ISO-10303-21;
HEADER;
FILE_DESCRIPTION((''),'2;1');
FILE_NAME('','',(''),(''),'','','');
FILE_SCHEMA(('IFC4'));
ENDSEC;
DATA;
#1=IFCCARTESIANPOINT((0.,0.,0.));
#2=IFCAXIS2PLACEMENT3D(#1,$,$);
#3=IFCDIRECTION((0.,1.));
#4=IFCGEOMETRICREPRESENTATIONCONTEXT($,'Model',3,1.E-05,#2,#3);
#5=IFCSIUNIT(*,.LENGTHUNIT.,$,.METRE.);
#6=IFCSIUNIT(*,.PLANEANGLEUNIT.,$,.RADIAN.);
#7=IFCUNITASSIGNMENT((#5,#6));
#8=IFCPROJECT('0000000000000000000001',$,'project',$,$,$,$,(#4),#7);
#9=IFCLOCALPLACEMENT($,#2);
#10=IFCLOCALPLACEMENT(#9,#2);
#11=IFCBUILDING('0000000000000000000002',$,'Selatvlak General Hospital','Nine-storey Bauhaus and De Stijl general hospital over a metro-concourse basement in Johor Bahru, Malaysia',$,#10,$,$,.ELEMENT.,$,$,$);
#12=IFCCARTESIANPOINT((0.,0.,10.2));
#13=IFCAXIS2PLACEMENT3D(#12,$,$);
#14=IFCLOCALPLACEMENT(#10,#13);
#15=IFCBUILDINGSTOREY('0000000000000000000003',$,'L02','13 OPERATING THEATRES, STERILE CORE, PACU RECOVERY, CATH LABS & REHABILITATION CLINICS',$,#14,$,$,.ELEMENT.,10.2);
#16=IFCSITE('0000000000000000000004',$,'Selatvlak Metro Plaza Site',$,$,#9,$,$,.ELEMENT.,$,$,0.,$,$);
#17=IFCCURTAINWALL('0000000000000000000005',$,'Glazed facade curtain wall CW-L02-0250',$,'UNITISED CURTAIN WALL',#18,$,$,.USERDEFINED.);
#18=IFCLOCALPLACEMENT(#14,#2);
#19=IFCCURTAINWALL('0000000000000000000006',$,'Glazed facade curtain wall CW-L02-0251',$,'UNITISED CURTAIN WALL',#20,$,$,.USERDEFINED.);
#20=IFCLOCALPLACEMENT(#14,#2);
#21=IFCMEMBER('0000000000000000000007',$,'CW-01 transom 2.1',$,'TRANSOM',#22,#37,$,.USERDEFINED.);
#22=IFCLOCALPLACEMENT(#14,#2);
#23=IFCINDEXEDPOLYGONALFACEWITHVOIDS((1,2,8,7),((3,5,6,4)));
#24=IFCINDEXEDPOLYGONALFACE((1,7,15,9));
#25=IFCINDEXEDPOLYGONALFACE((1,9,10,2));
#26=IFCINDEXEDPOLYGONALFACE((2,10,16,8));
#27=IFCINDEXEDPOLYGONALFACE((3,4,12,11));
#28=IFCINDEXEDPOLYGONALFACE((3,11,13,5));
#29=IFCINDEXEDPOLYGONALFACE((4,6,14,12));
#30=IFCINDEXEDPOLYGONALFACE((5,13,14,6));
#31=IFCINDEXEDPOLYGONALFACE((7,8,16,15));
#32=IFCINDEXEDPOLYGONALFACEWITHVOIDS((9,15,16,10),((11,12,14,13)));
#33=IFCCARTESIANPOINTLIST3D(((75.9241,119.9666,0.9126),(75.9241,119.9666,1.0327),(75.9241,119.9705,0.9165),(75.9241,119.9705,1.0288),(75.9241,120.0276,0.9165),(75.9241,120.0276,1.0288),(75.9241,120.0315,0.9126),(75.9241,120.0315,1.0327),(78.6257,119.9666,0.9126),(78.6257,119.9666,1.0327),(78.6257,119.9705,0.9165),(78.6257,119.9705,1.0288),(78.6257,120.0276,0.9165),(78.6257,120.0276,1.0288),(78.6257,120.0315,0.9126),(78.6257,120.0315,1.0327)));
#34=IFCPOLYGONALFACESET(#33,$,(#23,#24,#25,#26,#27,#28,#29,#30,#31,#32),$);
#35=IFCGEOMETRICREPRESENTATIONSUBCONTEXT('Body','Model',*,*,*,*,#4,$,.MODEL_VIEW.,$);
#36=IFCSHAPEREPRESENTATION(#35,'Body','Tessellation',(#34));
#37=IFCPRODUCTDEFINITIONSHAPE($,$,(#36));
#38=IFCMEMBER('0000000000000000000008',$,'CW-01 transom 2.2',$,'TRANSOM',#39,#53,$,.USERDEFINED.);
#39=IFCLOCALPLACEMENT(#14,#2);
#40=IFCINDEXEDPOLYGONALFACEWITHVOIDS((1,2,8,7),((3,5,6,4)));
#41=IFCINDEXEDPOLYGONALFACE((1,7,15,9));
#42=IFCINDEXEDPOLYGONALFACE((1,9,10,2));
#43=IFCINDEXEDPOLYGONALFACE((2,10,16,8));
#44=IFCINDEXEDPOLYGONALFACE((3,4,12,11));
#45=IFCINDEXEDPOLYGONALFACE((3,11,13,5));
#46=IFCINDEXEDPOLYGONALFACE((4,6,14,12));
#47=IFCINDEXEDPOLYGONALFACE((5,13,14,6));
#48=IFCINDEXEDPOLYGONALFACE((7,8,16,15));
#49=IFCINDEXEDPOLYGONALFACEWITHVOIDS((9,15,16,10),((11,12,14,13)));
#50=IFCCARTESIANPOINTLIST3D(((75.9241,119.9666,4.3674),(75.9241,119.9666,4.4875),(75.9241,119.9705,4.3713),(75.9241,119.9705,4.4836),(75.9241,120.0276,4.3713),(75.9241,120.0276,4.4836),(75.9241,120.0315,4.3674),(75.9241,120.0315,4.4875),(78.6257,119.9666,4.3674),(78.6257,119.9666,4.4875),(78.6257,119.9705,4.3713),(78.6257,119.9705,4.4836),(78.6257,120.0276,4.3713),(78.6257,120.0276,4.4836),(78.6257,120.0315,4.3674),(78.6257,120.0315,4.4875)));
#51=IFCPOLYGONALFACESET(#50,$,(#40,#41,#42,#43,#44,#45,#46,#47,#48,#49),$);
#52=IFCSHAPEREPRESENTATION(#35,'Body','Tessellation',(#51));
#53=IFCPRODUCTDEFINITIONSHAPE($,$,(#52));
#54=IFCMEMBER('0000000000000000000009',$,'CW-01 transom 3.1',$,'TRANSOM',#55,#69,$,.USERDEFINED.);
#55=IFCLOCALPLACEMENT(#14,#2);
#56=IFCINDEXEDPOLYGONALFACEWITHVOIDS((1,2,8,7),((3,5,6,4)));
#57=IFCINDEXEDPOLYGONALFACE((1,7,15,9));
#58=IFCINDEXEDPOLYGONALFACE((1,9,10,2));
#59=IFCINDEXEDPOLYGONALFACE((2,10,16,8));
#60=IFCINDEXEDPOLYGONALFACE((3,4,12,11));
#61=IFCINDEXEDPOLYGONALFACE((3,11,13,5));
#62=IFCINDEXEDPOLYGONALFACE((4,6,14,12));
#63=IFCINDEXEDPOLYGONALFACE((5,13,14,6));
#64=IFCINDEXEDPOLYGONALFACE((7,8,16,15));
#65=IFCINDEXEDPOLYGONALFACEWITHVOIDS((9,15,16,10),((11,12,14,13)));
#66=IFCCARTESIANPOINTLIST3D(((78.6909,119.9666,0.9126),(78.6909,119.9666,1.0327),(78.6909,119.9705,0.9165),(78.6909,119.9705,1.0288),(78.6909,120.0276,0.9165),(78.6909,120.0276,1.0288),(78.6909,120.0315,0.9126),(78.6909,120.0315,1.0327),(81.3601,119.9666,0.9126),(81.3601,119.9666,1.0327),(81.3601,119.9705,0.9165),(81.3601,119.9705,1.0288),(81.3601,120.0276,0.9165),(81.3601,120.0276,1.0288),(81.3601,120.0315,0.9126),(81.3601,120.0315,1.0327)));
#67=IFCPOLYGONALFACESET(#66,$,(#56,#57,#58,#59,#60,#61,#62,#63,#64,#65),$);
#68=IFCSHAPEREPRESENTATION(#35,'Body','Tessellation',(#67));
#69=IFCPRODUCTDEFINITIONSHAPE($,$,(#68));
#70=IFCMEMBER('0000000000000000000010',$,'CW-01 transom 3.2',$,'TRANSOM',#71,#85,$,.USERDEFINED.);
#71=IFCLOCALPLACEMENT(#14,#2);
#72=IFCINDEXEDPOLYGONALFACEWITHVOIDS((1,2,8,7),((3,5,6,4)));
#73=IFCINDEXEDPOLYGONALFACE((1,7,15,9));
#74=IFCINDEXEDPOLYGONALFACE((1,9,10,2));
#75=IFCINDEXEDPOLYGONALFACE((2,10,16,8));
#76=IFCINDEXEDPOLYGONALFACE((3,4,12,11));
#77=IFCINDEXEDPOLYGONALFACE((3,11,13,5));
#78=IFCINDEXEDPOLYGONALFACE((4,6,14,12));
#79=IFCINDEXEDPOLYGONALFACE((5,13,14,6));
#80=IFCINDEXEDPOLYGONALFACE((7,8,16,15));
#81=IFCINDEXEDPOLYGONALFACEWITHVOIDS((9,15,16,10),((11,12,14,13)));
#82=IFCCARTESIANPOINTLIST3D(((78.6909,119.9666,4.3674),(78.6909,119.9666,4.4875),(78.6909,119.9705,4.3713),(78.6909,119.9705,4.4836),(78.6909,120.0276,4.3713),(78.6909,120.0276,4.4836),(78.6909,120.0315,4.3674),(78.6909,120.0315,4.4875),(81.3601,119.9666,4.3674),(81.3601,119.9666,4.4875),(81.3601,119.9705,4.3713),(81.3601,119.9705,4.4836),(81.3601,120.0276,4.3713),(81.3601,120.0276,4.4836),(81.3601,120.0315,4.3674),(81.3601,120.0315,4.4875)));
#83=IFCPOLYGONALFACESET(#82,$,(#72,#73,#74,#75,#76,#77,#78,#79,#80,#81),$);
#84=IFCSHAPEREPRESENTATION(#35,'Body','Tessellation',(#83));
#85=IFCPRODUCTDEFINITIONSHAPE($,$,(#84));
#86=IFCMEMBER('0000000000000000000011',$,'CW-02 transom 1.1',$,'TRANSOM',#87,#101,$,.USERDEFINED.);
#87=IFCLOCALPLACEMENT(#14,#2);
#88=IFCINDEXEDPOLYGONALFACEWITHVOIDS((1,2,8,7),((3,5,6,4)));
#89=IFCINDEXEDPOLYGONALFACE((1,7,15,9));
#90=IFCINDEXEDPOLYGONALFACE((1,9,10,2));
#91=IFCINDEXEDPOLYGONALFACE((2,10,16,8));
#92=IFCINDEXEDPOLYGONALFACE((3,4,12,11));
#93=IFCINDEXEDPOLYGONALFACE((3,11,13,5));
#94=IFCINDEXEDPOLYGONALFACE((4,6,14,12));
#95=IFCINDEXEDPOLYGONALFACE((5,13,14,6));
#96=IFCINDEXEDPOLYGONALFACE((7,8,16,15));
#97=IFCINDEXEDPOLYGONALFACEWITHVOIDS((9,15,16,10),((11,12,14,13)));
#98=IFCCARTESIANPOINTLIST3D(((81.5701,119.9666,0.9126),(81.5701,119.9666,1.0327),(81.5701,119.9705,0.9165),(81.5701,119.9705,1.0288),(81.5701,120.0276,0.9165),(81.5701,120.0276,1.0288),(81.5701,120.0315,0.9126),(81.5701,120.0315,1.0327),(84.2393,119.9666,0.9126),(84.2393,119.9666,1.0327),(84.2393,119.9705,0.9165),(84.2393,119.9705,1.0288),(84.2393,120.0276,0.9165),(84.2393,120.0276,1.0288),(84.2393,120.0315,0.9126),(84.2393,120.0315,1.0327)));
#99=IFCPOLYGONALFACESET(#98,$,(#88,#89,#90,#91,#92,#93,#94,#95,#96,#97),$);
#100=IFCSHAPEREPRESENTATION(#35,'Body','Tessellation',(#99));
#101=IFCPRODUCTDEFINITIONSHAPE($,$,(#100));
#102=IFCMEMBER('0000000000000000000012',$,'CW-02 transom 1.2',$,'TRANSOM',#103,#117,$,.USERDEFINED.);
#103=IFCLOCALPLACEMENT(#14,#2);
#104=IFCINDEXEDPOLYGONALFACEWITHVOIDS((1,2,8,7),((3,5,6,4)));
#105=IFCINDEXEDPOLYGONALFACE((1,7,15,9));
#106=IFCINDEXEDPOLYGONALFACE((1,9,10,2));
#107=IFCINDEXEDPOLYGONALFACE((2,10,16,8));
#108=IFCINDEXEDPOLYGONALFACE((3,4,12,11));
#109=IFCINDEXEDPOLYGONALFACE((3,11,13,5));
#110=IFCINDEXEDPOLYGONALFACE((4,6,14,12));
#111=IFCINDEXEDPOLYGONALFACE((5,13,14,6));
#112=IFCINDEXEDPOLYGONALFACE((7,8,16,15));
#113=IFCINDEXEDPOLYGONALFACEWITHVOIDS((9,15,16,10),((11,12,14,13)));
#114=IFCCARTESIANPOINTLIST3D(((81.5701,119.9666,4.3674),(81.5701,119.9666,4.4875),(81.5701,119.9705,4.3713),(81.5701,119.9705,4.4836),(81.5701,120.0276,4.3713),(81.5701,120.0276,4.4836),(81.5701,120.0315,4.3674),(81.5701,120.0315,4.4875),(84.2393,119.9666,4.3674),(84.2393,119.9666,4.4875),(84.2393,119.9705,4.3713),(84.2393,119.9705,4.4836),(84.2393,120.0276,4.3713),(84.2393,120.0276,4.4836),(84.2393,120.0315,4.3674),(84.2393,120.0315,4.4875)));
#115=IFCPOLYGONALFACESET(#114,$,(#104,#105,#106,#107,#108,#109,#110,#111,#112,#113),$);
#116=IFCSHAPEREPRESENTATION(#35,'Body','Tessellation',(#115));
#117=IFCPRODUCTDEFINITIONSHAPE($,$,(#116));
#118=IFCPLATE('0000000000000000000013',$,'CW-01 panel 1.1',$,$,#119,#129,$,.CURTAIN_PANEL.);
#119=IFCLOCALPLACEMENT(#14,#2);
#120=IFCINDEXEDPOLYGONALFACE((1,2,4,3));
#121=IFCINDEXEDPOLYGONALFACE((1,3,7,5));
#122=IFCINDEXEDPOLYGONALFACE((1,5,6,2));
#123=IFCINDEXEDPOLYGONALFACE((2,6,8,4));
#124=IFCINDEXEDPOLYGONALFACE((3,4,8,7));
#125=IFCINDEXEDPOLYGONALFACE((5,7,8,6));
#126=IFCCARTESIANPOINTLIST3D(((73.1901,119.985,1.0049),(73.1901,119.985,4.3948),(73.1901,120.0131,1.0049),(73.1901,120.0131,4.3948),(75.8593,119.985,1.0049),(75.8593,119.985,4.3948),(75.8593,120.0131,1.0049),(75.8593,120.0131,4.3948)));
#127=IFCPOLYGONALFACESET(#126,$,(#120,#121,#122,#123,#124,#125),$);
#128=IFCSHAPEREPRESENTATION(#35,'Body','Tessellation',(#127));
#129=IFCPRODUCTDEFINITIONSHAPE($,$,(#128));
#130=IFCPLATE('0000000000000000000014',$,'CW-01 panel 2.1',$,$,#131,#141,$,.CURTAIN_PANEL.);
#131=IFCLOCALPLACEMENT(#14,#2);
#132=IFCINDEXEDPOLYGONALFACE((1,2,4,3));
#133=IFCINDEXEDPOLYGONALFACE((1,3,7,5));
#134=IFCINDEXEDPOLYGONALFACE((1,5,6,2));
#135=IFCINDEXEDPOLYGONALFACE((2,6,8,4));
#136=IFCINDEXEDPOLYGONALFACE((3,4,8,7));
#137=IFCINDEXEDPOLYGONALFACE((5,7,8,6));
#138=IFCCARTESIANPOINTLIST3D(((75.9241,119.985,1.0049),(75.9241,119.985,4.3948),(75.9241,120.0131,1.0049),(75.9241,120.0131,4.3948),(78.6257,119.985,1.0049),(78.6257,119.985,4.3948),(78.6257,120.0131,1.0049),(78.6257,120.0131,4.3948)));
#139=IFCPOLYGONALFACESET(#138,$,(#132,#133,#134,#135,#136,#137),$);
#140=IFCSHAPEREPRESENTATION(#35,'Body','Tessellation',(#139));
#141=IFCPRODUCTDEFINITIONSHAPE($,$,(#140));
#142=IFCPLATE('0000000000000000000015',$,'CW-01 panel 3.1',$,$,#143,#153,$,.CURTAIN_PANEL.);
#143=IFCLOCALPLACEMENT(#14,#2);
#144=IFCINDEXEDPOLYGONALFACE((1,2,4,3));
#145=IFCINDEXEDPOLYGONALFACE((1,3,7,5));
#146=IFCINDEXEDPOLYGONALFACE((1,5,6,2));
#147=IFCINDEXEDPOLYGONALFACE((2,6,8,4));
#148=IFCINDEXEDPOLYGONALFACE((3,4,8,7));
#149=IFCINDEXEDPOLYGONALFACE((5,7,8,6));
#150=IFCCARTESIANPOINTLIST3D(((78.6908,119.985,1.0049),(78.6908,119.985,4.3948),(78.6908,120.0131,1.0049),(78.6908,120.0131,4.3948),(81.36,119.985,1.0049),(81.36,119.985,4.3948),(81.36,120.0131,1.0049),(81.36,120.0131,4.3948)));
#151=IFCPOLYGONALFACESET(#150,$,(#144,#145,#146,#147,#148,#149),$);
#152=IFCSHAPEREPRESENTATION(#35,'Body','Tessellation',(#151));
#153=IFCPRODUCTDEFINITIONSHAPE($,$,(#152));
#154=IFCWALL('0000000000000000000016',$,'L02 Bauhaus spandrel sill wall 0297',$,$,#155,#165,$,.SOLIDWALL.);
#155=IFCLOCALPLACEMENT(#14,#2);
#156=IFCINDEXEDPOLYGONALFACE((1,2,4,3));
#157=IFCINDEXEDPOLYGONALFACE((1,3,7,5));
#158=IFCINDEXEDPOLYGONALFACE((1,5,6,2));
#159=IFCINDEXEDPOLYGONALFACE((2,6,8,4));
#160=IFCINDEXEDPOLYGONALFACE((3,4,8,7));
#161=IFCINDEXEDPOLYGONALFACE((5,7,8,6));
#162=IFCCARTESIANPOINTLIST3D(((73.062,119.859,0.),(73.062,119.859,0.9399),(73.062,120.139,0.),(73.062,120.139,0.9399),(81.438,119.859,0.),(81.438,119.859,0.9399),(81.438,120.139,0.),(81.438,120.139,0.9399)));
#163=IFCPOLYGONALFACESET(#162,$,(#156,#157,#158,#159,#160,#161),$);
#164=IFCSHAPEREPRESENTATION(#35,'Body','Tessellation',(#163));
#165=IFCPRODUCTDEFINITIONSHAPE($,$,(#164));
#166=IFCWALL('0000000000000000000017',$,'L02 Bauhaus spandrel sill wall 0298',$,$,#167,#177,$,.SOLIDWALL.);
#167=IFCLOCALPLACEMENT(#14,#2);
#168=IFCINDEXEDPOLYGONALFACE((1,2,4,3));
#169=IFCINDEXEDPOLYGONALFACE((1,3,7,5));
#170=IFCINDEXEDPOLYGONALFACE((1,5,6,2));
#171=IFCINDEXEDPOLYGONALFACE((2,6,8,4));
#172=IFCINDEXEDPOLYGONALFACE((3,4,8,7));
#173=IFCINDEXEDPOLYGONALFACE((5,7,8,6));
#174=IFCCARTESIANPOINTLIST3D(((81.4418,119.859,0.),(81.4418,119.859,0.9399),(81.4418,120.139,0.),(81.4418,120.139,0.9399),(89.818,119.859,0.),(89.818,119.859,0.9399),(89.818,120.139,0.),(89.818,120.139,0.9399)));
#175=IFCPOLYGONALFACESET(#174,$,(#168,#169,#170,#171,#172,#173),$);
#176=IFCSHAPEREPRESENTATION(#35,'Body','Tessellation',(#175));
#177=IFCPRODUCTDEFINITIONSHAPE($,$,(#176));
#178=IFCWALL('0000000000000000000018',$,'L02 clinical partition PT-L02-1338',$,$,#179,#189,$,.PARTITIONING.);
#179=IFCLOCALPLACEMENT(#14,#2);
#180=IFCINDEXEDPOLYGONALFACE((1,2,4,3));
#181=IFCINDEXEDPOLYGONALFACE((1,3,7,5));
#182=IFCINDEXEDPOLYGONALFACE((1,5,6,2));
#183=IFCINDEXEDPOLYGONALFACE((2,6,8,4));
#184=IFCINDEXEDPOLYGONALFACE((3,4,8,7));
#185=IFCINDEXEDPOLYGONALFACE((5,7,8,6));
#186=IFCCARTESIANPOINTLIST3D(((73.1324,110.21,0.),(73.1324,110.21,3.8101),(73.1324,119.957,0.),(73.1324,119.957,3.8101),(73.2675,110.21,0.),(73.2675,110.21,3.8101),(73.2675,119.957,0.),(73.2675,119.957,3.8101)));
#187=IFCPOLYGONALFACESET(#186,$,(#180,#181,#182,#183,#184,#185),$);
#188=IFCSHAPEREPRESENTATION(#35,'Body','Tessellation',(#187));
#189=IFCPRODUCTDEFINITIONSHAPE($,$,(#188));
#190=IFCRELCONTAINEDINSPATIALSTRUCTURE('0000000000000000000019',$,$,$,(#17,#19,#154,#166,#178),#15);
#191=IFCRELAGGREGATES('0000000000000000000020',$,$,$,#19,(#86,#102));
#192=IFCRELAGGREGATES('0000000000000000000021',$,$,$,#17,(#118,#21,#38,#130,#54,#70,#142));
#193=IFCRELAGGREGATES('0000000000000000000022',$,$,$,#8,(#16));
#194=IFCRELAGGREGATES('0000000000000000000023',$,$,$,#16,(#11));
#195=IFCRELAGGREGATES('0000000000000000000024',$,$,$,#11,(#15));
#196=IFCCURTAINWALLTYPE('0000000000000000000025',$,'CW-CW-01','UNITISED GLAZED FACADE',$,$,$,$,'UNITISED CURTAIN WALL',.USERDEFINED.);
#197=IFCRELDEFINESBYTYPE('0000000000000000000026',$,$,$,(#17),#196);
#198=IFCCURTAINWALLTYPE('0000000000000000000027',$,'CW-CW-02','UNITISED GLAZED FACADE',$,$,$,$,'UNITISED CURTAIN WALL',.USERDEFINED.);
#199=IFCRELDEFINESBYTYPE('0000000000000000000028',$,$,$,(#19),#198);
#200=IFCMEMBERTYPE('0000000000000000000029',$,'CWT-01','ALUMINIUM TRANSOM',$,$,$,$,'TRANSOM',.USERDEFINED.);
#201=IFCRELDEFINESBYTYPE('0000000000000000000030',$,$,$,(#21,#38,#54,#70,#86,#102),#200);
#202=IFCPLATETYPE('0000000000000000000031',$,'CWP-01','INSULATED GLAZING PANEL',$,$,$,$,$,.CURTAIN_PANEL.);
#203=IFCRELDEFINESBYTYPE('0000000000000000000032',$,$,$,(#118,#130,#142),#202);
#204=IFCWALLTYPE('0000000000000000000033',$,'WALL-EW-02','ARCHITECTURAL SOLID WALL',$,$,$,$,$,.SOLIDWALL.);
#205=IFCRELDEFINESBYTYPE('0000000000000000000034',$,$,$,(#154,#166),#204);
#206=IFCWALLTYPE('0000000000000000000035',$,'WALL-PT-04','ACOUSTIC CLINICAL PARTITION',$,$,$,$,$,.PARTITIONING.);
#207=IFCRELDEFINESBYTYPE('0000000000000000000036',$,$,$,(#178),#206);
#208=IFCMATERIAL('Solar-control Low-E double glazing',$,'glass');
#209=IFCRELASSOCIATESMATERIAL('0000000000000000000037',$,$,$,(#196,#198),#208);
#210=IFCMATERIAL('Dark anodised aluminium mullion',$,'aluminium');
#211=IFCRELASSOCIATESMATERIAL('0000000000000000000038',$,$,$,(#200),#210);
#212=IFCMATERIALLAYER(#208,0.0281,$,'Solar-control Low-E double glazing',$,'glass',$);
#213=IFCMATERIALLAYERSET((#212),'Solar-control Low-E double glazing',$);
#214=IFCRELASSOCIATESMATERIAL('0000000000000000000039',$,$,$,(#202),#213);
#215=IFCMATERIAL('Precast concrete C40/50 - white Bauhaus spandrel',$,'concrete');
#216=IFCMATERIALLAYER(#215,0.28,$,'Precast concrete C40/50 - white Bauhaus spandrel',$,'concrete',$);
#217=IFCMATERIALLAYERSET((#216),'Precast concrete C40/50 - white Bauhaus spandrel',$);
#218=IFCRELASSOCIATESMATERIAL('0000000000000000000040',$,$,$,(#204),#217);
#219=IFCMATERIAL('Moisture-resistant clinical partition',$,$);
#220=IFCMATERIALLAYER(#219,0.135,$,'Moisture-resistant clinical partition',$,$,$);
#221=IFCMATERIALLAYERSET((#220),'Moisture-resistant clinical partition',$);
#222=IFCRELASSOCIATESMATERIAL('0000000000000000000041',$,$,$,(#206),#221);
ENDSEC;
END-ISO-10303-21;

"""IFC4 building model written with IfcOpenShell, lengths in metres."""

from ifc_helpers import new_model, si_unit, direction, frame, frame_2d, origin, origin_2d, place, context, subcontext, project, spatial, rectangle, hollow_rectangle, extrude, material, layer, layer_set, material_profile, profile_set, type_object, element, aggregate, save


model = new_model("IFC4")

# Units and contexts
model_context = context("Model", 3, precision=1e-05, world=origin(), true_north=direction((0.0, 1.0)))
body_context = subcontext(model_context, "Body", "Model", "MODEL_VIEW")
ifc_project = project(units=[si_unit("LENGTHUNIT", "METRE"), si_unit("PLANEANGLEUNIT", "RADIAN")], contexts=[model_context])

# Site, building, storey
site_placement = place(None, origin())
site = spatial("IfcSite", under=ifc_project, at=site_placement, Name="Selatvlak Metro Plaza Site", CompositionType="ELEMENT", RefElevation=0.0)
building_placement = place(site_placement, origin())
building = spatial("IfcBuilding", under=site, at=building_placement, Name="Selatvlak General Hospital", Description="Nine-storey Bauhaus and De Stijl general hospital over a metro-concourse basement in Johor Bahru, Malaysia", CompositionType="ELEMENT")
storey_placement = place(building_placement, frame((0.0, 0.0, 10.2)))
storey = spatial("IfcBuildingStorey", under=building, at=storey_placement, Name="L02", Description="13 OPERATING THEATRES, STERILE CORE, PACU RECOVERY, CATH LABS & REHABILITATION CLINICS", CompositionType="ELEMENT", Elevation=10.2)

# Curtain wall
ifc_material_1 = material(Name="Solar-control Low-E double glazing", Category="glass")
curtain_wall_type_1 = type_object("IfcCurtainWallType", Name="CW-CW-01", Description="UNITISED GLAZED FACADE", ElementType="UNITISED CURTAIN WALL", PredefinedType="USERDEFINED", material=ifc_material_1)
curtain_wall_1_placement = place(storey_placement, origin())
curtain_wall_1 = element("IfcCurtainWall", 1, at=curtain_wall_1_placement, inside=storey, type_object=curtain_wall_type_1, Name="Glazed facade curtain wall CW-L02-0250", ObjectType="UNITISED CURTAIN WALL", PredefinedType="USERDEFINED")
ifc_material_2 = material(Name="Dark anodised aluminium mullion", Category="aluminium")

# Curtain wall
curtain_wall_type_2 = type_object("IfcCurtainWallType", Name="CW-CW-02", Description="UNITISED GLAZED FACADE", ElementType="UNITISED CURTAIN WALL", PredefinedType="USERDEFINED", material=ifc_material_1)
curtain_wall_2_placement = place(storey_placement, origin())
curtain_wall_2 = element("IfcCurtainWall", 2, at=curtain_wall_2_placement, inside=storey, type_object=curtain_wall_type_2, Name="Glazed facade curtain wall CW-L02-0251", ObjectType="UNITISED CURTAIN WALL", PredefinedType="USERDEFINED")

# Members
ifc_material_profile_1 = material_profile(ifc_material_2, hollow_rectangle(XDim=0.0649, YDim=0.1201, WallThickness=0.0039, at=origin_2d()), Name="AL-TRN 65x120x4")
ifc_profile_set_1 = profile_set([ifc_material_profile_1], Name="Dark anodised aluminium mullion")
member_type_1 = type_object("IfcMemberType", Name="CWT-01", Description="ALUMINIUM TRANSOM", ElementType="TRANSOM", PredefinedType="USERDEFINED", material=ifc_profile_set_1)
member_1_placement = place(storey_placement, frame((75.9241, 119.999, 0.9727), z_axis=(1.0, 0.0, 0.0), x_axis=(0.0, 1.0, 0.0)))
member_1 = element("IfcMember", 3, at=member_1_placement, type_object=member_type_1, Name="CW-01 transom 2.1", ObjectType="TRANSOM", PredefinedType="USERDEFINED", context=body_context, shape_type="SweptSolid", body=[
    extrude(hollow_rectangle(XDim=0.0649, YDim=0.1201, WallThickness=0.0039, at=origin_2d()), origin(), (0.0, 0.0, 1.0), 2.7017),
])
member_2_placement = place(storey_placement, frame((75.9241, 119.999, 4.4275), z_axis=(1.0, 0.0, 0.0), x_axis=(0.0, 1.0, 0.0)))
member_2 = element("IfcMember", 4, at=member_2_placement, type_object=member_type_1, Name="CW-01 transom 2.2", ObjectType="TRANSOM", PredefinedType="USERDEFINED", context=body_context, shape_type="SweptSolid", body=[
    extrude(hollow_rectangle(XDim=0.0649, YDim=0.1201, WallThickness=0.0039, at=origin_2d()), origin(), (0.0, 0.0, 1.0), 2.7017),
])
member_3_placement = place(storey_placement, frame((78.6909, 119.999, 0.9727), z_axis=(1.0, 0.0, 0.0), x_axis=(0.0, 1.0, 0.0)))
member_3 = element("IfcMember", 5, at=member_3_placement, type_object=member_type_1, Name="CW-01 transom 3.1", ObjectType="TRANSOM", PredefinedType="USERDEFINED", context=body_context, shape_type="SweptSolid", body=[
    extrude(hollow_rectangle(XDim=0.0649, YDim=0.1201, WallThickness=0.0039, at=origin_2d()), origin(), (0.0, 0.0, 1.0), 2.6692),
])
member_4_placement = place(storey_placement, frame((78.6909, 119.999, 4.4275), z_axis=(1.0, 0.0, 0.0), x_axis=(0.0, 1.0, 0.0)))
member_4 = element("IfcMember", 6, at=member_4_placement, type_object=member_type_1, Name="CW-01 transom 3.2", ObjectType="TRANSOM", PredefinedType="USERDEFINED", context=body_context, shape_type="SweptSolid", body=[
    extrude(hollow_rectangle(XDim=0.0649, YDim=0.1201, WallThickness=0.0039, at=origin_2d()), origin(), (0.0, 0.0, 1.0), 2.6692),
])
member_5_placement = place(storey_placement, frame((81.5701, 119.999, 0.9727), z_axis=(1.0, 0.0, 0.0), x_axis=(0.0, 1.0, 0.0)))
member_5 = element("IfcMember", 7, at=member_5_placement, type_object=member_type_1, Name="CW-02 transom 1.1", ObjectType="TRANSOM", PredefinedType="USERDEFINED", context=body_context, shape_type="SweptSolid", body=[
    extrude(hollow_rectangle(XDim=0.0649, YDim=0.1201, WallThickness=0.0039, at=origin_2d()), origin(), (0.0, 0.0, 1.0), 2.6692),
])
member_6_placement = place(storey_placement, frame((81.5701, 119.999, 4.4275), z_axis=(1.0, 0.0, 0.0), x_axis=(0.0, 1.0, 0.0)))
member_6 = element("IfcMember", 8, at=member_6_placement, type_object=member_type_1, Name="CW-02 transom 1.2", ObjectType="TRANSOM", PredefinedType="USERDEFINED", context=body_context, shape_type="SweptSolid", body=[
    extrude(hollow_rectangle(XDim=0.0649, YDim=0.1201, WallThickness=0.0039, at=origin_2d()), origin(), (0.0, 0.0, 1.0), 2.6692),
])
aggregate(curtain_wall_2, [member_5, member_6])

# Plates
ifc_layer_1 = layer(ifc_material_1, 0.0281, Name="Solar-control Low-E double glazing", Category="glass")
ifc_layer_set_1 = layer_set([ifc_layer_1], Name="Solar-control Low-E double glazing")
plate_type = type_object("IfcPlateType", Name="CWP-01", Description="INSULATED GLAZING PANEL", PredefinedType="CURTAIN_PANEL", material=ifc_layer_set_1)
plate_1_placement = place(storey_placement, frame((74.5247, 119.999, 1.0049), z_axis=(0.0, 0.0, 1.0), x_axis=(1.0, 0.0, 0.0)))
plate_1 = element("IfcPlate", 9, at=plate_1_placement, type_object=plate_type, Name="CW-01 panel 1.1", PredefinedType="CURTAIN_PANEL", context=body_context, shape_type="SweptSolid", body=[
    extrude(rectangle(XDim=2.6692, YDim=0.0281, at=origin_2d()), origin(), (0.0, 0.0, 1.0), 3.3899),
])
plate_2_placement = place(storey_placement, frame((77.2749, 119.999, 1.0049), z_axis=(0.0, 0.0, 1.0), x_axis=(1.0, 0.0, 0.0)))
plate_2 = element("IfcPlate", 10, at=plate_2_placement, type_object=plate_type, Name="CW-01 panel 2.1", PredefinedType="CURTAIN_PANEL", context=body_context, shape_type="SweptSolid", body=[
    extrude(rectangle(XDim=2.7017, YDim=0.0281, at=origin_2d()), origin(), (0.0, 0.0, 1.0), 3.3899),
])
plate_3_placement = place(storey_placement, frame((80.0254, 119.999, 1.0049), z_axis=(0.0, 0.0, 1.0), x_axis=(1.0, 0.0, 0.0)))
plate_3 = element("IfcPlate", 11, at=plate_3_placement, type_object=plate_type, Name="CW-01 panel 3.1", PredefinedType="CURTAIN_PANEL", context=body_context, shape_type="SweptSolid", body=[
    extrude(rectangle(XDim=2.6692, YDim=0.0281, at=origin_2d()), origin(), (0.0, 0.0, 1.0), 3.3899),
])
aggregate(curtain_wall_1, [plate_1, member_1, member_2, plate_2, member_3, member_4, plate_3])

# Walls
ifc_material_3 = material(Name="Precast concrete C40/50 - white Bauhaus spandrel", Category="concrete")
ifc_layer_2 = layer(ifc_material_3, 0.28, Name="Precast concrete C40/50 - white Bauhaus spandrel", Category="concrete")
ifc_layer_set_2 = layer_set([ifc_layer_2], Name="Precast concrete C40/50 - white Bauhaus spandrel")
wall_type_1 = type_object("IfcWallType", Name="WALL-EW-02", Description="ARCHITECTURAL SOLID WALL", PredefinedType="SOLIDWALL", material=ifc_layer_set_2)
wall_1_placement = place(storey_placement, frame((73.062, 119.999, 0.0), z_axis=(0.0, 0.0, 1.0), x_axis=(1.0, 0.0, 0.0)))
element("IfcWall", 12, at=wall_1_placement, inside=storey, type_object=wall_type_1, Name="L02 Bauhaus spandrel sill wall 0297", PredefinedType="SOLIDWALL", context=body_context, shape_type="SweptSolid", body=[
    extrude(rectangle(XDim=8.376, YDim=0.28, at=frame_2d((4.188, 0.0))), origin(), (0.0, 0.0, 1.0), 0.9399),
])
wall_2_placement = place(storey_placement, frame((81.4419, 119.999, 0.0), z_axis=(0.0, 0.0, 1.0), x_axis=(1.0, 0.0, 0.0)))
element("IfcWall", 13, at=wall_2_placement, inside=storey, type_object=wall_type_1, Name="L02 Bauhaus spandrel sill wall 0298", PredefinedType="SOLIDWALL", context=body_context, shape_type="SweptSolid", body=[
    extrude(rectangle(XDim=8.3762, YDim=0.28, at=frame_2d((4.188, 0.0))), origin(), (0.0, 0.0, 1.0), 0.9399),
])
ifc_material_4 = material(Name="Moisture-resistant clinical partition")
ifc_layer_3 = layer(ifc_material_4, 0.135, Name="Moisture-resistant clinical partition")
ifc_layer_set_3 = layer_set([ifc_layer_3], Name="Moisture-resistant clinical partition")
wall_type_2 = type_object("IfcWallType", Name="WALL-PT-04", Description="ACOUSTIC CLINICAL PARTITION", PredefinedType="PARTITIONING", material=ifc_layer_set_3)
wall_3_placement = place(storey_placement, frame((73.2, 119.957, 0.0), z_axis=(0.0, 0.0, 1.0), x_axis=(0.0, -1.0, 0.0)))
element("IfcWall", 14, at=wall_3_placement, inside=storey, type_object=wall_type_2, Name="L02 clinical partition PT-L02-1338", PredefinedType="PARTITIONING", context=body_context, shape_type="SweptSolid", body=[
    extrude(rectangle(XDim=9.7471, YDim=0.135, at=frame_2d((4.8735, 0.0))), origin(), (0.0, 0.0, 1.0), 3.8101),
])

save(model, "model.ifc")
